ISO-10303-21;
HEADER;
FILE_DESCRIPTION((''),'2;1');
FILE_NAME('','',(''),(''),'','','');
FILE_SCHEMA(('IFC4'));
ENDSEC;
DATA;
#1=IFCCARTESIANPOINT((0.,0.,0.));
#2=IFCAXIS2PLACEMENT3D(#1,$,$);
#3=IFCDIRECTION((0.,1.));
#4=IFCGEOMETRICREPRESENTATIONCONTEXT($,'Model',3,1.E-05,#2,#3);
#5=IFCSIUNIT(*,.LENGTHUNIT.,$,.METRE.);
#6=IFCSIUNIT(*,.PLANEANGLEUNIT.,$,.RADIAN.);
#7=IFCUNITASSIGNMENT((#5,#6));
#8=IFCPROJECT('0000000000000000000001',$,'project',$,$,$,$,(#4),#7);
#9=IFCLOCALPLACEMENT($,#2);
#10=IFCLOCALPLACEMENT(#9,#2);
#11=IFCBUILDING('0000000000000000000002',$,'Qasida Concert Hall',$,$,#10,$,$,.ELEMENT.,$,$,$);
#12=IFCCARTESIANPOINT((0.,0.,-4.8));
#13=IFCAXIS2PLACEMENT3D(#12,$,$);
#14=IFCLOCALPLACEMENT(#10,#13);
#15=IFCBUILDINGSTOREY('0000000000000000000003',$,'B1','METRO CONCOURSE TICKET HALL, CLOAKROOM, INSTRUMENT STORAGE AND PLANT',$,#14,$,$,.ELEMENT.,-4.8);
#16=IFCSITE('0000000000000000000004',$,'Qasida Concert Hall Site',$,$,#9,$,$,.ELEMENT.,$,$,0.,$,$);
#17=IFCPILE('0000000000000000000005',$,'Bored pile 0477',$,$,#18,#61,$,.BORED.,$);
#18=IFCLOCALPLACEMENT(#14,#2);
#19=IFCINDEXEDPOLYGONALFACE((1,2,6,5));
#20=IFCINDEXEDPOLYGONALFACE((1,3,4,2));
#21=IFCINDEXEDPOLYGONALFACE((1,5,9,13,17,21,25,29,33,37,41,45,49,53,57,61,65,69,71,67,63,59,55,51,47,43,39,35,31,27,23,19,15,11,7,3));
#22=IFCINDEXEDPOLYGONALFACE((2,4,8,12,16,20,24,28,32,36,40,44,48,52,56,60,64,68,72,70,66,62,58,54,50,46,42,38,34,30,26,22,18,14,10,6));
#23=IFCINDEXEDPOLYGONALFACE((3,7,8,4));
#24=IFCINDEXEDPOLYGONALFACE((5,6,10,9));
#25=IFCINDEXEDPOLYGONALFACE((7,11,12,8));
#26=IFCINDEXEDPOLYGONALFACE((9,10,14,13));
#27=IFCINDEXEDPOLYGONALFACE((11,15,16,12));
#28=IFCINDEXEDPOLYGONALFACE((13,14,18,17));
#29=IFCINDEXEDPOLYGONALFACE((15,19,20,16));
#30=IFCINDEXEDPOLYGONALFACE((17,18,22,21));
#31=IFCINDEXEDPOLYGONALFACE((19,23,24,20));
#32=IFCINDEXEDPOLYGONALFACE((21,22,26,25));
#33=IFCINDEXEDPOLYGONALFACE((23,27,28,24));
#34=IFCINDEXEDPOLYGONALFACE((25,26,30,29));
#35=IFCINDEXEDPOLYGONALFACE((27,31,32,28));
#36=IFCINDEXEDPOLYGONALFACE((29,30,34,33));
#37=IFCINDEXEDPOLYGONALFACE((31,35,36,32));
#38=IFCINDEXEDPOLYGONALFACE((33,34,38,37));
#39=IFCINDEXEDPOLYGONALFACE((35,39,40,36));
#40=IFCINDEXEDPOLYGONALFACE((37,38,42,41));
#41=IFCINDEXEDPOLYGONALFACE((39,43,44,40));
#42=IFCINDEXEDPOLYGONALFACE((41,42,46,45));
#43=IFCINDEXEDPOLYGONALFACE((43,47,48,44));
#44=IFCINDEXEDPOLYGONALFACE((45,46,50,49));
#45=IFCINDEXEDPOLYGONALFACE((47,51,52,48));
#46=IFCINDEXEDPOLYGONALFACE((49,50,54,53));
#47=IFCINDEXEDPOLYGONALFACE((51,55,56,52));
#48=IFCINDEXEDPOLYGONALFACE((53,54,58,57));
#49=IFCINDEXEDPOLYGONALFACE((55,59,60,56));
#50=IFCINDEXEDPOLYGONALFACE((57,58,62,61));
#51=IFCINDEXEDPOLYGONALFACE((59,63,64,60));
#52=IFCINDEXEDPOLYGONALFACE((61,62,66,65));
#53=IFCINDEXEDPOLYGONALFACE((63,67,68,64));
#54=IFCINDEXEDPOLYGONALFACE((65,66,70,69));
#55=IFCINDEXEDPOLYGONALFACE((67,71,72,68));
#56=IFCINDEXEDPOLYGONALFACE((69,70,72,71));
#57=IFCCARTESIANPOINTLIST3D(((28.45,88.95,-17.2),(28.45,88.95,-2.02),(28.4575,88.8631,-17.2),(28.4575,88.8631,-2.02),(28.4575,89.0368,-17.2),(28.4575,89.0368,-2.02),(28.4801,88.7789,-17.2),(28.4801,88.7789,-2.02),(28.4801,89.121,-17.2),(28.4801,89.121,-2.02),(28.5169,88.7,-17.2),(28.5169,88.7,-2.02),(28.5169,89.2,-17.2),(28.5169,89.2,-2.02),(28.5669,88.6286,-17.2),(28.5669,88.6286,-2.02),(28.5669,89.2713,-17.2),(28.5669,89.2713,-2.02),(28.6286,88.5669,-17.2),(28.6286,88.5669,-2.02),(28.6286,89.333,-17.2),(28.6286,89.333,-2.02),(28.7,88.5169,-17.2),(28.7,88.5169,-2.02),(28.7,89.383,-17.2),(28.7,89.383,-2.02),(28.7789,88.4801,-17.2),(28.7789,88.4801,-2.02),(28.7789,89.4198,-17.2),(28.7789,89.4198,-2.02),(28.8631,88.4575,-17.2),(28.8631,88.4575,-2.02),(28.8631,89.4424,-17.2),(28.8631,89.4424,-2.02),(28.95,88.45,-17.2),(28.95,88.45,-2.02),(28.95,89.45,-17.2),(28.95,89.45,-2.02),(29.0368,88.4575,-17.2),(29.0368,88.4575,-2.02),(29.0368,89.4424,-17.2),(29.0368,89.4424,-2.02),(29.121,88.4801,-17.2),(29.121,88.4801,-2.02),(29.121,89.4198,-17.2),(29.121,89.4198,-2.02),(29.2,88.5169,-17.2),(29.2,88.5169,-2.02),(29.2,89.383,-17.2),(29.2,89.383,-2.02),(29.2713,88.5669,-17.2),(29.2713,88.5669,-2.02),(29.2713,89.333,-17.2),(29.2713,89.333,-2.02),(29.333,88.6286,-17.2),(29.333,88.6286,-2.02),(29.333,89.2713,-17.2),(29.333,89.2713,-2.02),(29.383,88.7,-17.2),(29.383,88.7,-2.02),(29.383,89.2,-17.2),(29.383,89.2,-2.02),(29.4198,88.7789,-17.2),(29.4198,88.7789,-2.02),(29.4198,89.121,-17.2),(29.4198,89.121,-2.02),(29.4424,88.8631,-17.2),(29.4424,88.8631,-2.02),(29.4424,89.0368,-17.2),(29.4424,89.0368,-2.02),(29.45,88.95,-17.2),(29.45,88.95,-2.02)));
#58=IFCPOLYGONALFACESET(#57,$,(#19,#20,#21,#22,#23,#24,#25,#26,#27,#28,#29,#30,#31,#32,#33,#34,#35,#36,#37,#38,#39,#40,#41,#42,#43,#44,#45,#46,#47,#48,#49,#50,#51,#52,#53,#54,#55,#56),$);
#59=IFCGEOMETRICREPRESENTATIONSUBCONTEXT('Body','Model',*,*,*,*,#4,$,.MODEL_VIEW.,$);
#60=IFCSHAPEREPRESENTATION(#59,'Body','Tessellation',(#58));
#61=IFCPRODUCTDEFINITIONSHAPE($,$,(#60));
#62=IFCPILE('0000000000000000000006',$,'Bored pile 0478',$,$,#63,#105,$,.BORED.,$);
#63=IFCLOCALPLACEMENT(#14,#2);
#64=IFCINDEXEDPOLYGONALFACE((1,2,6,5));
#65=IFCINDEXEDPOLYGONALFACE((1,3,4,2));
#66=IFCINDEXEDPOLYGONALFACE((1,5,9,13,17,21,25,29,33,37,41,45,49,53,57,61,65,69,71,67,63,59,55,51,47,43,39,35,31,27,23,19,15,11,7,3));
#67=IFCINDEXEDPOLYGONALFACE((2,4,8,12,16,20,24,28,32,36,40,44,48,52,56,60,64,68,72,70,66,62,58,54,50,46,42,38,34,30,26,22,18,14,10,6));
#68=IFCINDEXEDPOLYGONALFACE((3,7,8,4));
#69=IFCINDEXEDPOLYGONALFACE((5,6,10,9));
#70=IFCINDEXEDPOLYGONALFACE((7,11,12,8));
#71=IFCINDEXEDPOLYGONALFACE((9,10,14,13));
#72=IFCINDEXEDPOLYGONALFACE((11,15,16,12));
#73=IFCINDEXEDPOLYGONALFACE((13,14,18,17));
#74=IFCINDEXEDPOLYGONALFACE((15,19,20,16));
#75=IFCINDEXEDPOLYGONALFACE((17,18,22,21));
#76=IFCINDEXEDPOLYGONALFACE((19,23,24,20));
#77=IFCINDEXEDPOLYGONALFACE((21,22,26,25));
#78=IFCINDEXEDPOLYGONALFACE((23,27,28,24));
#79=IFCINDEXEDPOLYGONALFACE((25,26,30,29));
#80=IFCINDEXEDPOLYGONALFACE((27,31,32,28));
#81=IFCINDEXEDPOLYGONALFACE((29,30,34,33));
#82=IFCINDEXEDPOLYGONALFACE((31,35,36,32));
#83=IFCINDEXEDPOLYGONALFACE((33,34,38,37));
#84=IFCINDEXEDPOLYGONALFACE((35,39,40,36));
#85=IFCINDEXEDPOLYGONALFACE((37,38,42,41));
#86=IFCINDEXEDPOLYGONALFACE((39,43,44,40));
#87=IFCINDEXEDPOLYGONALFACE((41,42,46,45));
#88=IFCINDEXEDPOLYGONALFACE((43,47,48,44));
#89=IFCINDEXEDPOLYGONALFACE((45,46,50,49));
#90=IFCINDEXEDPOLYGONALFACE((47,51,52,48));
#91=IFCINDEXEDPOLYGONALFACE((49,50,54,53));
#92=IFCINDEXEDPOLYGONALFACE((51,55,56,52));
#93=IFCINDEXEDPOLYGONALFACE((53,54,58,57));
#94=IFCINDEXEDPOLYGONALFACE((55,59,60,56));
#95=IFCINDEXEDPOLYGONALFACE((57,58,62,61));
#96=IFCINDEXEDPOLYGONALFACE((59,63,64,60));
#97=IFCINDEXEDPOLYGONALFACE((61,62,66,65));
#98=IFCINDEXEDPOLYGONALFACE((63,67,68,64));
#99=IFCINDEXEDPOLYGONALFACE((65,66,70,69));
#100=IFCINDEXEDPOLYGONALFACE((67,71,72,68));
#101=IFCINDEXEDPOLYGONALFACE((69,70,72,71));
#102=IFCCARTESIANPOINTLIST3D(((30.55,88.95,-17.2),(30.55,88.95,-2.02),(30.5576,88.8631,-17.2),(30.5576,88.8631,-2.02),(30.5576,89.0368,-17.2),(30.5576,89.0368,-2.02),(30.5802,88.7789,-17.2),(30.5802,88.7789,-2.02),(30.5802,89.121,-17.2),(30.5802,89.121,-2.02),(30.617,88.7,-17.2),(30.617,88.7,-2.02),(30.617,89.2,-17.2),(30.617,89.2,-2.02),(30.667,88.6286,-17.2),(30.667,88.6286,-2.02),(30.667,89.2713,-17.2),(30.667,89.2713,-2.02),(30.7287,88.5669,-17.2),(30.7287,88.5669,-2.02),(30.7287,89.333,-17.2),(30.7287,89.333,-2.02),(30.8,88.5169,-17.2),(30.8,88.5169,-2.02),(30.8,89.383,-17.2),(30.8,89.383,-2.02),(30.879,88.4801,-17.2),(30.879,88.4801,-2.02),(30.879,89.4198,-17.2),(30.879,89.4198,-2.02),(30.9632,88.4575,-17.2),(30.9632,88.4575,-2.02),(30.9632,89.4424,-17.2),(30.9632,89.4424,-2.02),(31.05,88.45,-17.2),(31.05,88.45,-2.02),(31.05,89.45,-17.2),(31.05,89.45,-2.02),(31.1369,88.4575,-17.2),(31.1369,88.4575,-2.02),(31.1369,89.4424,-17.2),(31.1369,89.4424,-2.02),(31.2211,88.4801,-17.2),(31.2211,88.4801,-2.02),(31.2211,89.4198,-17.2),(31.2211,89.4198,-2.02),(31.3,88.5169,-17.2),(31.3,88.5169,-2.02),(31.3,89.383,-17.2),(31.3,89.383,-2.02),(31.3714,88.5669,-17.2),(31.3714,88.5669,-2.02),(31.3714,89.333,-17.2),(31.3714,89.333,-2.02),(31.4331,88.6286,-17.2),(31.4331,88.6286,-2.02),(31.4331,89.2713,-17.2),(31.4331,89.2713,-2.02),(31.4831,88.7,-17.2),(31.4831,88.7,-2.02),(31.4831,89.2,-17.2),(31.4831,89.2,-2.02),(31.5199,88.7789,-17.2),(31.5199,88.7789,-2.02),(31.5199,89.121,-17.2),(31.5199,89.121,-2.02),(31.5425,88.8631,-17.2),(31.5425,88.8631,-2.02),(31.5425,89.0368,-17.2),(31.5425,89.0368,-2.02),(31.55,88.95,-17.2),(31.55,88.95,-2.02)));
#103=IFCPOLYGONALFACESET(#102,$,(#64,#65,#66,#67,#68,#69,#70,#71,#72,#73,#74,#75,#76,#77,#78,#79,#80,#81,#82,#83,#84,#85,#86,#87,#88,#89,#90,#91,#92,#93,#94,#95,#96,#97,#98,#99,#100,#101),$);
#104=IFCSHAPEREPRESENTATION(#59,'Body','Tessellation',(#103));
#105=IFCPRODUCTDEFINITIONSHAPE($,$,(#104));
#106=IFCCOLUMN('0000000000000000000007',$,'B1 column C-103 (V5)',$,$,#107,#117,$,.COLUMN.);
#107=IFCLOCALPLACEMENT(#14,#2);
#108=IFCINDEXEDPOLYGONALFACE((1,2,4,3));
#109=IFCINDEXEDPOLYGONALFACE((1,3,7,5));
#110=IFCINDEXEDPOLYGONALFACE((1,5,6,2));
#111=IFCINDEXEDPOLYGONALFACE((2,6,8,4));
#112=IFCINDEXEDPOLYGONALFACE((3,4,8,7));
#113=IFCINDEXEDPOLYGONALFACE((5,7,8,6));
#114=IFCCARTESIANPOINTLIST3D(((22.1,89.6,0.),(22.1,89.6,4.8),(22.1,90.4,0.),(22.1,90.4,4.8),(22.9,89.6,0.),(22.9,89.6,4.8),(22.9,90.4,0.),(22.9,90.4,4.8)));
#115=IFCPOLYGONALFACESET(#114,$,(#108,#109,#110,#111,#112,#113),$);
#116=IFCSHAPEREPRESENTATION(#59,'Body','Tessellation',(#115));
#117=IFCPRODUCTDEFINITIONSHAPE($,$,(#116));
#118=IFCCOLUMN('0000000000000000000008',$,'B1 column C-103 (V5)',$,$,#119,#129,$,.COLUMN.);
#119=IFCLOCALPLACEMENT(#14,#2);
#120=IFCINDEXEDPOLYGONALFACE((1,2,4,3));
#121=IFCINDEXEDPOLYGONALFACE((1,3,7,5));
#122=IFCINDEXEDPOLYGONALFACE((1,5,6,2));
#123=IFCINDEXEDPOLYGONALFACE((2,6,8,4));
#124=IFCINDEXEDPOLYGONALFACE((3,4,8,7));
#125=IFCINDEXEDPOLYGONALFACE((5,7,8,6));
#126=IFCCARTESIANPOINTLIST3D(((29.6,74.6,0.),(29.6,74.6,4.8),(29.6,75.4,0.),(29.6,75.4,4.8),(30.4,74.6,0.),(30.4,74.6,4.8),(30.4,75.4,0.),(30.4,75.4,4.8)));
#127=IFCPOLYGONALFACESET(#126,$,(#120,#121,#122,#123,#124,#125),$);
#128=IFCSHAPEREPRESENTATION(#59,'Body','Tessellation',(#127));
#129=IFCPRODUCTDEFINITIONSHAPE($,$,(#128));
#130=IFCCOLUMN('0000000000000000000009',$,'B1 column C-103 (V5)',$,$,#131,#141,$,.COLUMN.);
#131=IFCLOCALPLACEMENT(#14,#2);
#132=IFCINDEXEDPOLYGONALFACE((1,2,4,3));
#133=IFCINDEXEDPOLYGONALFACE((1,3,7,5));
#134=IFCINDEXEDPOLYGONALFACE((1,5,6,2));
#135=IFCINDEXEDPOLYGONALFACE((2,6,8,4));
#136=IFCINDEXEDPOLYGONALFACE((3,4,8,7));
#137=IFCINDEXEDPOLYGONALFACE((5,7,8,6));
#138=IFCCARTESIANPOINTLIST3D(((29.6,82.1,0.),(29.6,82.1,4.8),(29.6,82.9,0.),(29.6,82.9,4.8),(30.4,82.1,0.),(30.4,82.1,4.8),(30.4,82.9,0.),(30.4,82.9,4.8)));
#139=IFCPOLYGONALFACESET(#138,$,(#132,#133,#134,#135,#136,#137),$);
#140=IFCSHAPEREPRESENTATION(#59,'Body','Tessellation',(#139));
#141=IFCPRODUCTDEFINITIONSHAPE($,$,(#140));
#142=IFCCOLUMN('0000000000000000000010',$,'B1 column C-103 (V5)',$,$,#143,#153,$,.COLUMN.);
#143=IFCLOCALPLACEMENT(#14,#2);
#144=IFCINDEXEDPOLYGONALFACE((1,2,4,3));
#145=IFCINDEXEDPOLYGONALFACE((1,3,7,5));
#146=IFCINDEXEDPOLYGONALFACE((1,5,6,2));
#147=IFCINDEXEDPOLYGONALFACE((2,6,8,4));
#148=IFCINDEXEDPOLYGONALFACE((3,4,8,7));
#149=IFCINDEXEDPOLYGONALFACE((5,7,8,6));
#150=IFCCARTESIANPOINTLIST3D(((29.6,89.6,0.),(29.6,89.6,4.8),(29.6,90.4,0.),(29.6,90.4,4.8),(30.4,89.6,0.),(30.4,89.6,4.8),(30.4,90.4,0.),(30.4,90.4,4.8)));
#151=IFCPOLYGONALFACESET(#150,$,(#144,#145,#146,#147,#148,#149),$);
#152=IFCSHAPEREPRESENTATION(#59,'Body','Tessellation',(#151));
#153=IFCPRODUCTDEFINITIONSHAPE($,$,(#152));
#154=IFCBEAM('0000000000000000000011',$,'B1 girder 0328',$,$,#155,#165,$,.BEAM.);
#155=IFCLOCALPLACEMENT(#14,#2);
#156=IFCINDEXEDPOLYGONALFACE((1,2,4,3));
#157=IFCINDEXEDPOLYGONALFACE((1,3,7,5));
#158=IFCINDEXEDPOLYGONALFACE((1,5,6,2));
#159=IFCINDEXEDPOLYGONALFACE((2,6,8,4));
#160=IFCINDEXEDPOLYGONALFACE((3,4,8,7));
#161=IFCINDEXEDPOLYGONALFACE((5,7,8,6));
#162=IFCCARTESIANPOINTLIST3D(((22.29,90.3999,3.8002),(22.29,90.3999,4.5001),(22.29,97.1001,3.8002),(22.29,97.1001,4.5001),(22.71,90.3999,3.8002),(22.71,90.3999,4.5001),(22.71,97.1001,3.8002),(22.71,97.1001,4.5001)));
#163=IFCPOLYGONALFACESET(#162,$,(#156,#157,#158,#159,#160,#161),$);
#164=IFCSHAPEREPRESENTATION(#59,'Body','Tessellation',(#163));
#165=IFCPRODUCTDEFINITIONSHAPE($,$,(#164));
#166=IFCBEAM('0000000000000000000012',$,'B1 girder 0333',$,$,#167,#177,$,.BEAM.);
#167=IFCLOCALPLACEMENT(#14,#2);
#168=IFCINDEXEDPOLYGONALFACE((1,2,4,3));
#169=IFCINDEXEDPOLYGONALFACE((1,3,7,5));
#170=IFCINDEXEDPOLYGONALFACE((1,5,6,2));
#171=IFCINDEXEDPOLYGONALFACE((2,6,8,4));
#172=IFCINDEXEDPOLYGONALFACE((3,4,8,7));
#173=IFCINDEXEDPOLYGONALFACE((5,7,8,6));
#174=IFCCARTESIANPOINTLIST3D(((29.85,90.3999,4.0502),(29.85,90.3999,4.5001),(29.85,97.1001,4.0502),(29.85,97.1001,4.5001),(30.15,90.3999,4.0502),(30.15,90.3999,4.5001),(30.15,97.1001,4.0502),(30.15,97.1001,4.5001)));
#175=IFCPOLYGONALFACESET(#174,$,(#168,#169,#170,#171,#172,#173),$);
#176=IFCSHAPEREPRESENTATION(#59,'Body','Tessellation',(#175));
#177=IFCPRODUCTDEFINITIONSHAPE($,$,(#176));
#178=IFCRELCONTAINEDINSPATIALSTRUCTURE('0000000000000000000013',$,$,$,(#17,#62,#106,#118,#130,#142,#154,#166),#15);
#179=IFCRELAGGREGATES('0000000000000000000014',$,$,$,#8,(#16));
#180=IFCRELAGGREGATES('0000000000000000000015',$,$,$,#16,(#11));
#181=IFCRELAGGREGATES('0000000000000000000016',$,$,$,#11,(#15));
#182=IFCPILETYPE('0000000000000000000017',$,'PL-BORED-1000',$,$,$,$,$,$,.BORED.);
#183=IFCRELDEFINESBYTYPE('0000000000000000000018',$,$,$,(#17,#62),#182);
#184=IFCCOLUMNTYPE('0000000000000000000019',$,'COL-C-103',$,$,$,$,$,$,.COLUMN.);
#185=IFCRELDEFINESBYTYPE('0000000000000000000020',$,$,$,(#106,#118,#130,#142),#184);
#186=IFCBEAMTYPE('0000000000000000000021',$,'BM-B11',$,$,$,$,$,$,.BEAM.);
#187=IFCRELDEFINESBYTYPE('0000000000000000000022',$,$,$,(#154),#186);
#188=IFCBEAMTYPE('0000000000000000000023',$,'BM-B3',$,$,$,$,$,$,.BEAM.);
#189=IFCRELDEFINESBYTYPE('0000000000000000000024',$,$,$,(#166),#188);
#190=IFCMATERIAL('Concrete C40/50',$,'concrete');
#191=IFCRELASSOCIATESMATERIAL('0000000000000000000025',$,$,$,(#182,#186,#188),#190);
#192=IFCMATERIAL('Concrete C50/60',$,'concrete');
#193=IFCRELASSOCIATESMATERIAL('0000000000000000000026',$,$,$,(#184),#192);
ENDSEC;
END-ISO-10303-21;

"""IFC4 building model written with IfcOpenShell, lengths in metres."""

from ifc_helpers import new_model, si_unit, direction, frame, origin, origin_2d, place, context, subcontext, project, spatial, rectangle, circle, extrude, material, material_profile, profile_set, type_object, element, save


model = new_model("IFC4")

# Units and contexts
model_context = context("Model", 3, precision=1e-05, world=origin(), true_north=direction((0.0, 1.0)))
body_context = subcontext(model_context, "Body", "Model", "MODEL_VIEW")
ifc_project = project(units=[si_unit("LENGTHUNIT", "METRE"), si_unit("PLANEANGLEUNIT", "RADIAN")], contexts=[model_context])

# Site, building, storey
site_placement = place(None, origin())
site = spatial("IfcSite", under=ifc_project, at=site_placement, Name="Qasida Concert Hall Site", CompositionType="ELEMENT", RefElevation=0.0)
building_placement = place(site_placement, origin())
building = spatial("IfcBuilding", under=site, at=building_placement, Name="Qasida Concert Hall", CompositionType="ELEMENT")
storey_placement = place(building_placement, frame((0.0, 0.0, -4.8)))
storey = spatial("IfcBuildingStorey", under=building, at=storey_placement, Name="B1", Description="METRO CONCOURSE TICKET HALL, CLOAKROOM, INSTRUMENT STORAGE AND PLANT", CompositionType="ELEMENT", Elevation=-4.8)

# Shared definitions
ifc_material_1 = material(Name="Concrete C40/50", Category="concrete")

# Piles
ifc_material_profile_1 = material_profile(ifc_material_1, circle(Radius=0.5, at=origin_2d()), Name="BORED PILE D1000")
ifc_profile_set_1 = profile_set([ifc_material_profile_1], Name="Concrete C40/50")
pile_type = type_object("IfcPileType", Name="PL-BORED-1000", PredefinedType="BORED", material=ifc_profile_set_1)
for number, where, z_axis, x_axis, name in (
    (1, (28.95, 88.95, -2.02), (0.0, 0.0, -1.0), (1.0, 0.0, 0.0), "Bored pile 0477"),
    (2, (31.05, 88.95, -2.02), (0.0, 0.0, -1.0), (1.0, 0.0, 0.0), "Bored pile 0478"),
):
    element("IfcPile", number, at=place(storey_placement, frame(where, z_axis=z_axis, x_axis=x_axis)), inside=storey, type_object=pile_type, Name=name, PredefinedType="BORED", context=body_context, shape_type="SweptSolid", body=[
        extrude(circle(Radius=0.5, at=origin_2d()), origin(), (0.0, 0.0, 1.0), 15.1799),
    ])

# Columns
ifc_material_2 = material(Name="Concrete C50/60", Category="concrete")
ifc_material_profile_2 = material_profile(ifc_material_2, rectangle(XDim=0.8, YDim=0.8, at=origin_2d()), Name="RC 800x800")
ifc_profile_set_2 = profile_set([ifc_material_profile_2], Name="Concrete C50/60")
column_type = type_object("IfcColumnType", Name="COL-C-103", PredefinedType="COLUMN", material=ifc_profile_set_2)
for number, where, z_axis, x_axis, name in (
    (3, (22.5, 90.0, 0.0), (0.0, 0.0, 1.0), (1.0, 0.0, 0.0), "B1 column C-103 (V5)"),
    (4, (30.0, 75.0, 0.0), (0.0, 0.0, 1.0), (1.0, 0.0, 0.0), "B1 column C-103 (V5)"),
    (5, (30.0, 82.5, 0.0), (0.0, 0.0, 1.0), (1.0, 0.0, 0.0), "B1 column C-103 (V5)"),
    (6, (30.0, 90.0, 0.0), (0.0, 0.0, 1.0), (1.0, 0.0, 0.0), "B1 column C-103 (V5)"),
):
    element("IfcColumn", number, at=place(storey_placement, frame(where, z_axis=z_axis, x_axis=x_axis)), inside=storey, type_object=column_type, Name=name, PredefinedType="COLUMN", context=body_context, shape_type="SweptSolid", body=[
        extrude(rectangle(XDim=0.8, YDim=0.8, at=origin_2d()), origin(), (0.0, 0.0, 1.0), 4.8),
    ])

# Beams
ifc_material_profile_3 = material_profile(ifc_material_1, rectangle(XDim=0.4199, YDim=0.7, at=origin_2d()), Name="RC 420x700")
ifc_profile_set_3 = profile_set([ifc_material_profile_3], Name="Concrete C40/50")
beam_type_1 = type_object("IfcBeamType", Name="BM-B11", PredefinedType="BEAM", material=ifc_profile_set_3)
beam_1_placement = place(storey_placement, frame((22.5, 90.3999, 4.1501), z_axis=(0.0, 1.0, 0.0), x_axis=(-1.0, 0.0, 0.0)))
element("IfcBeam", 7, at=beam_1_placement, inside=storey, type_object=beam_type_1, Name="B1 girder 0328", PredefinedType="BEAM", context=body_context, shape_type="SweptSolid", body=[
    extrude(rectangle(XDim=0.4199, YDim=0.7, at=origin_2d()), origin(), (0.0, 0.0, 1.0), 6.7002),
])
ifc_material_profile_4 = material_profile(ifc_material_1, rectangle(XDim=0.3, YDim=0.45, at=origin_2d()), Name="RC 300x450")
ifc_profile_set_4 = profile_set([ifc_material_profile_4], Name="Concrete C40/50")
beam_type_2 = type_object("IfcBeamType", Name="BM-B3", PredefinedType="BEAM", material=ifc_profile_set_4)
beam_2_placement = place(storey_placement, frame((30.0, 90.3999, 4.2751), z_axis=(0.0, 1.0, 0.0), x_axis=(-1.0, 0.0, 0.0)))
element("IfcBeam", 8, at=beam_2_placement, inside=storey, type_object=beam_type_2, Name="B1 girder 0333", PredefinedType="BEAM", context=body_context, shape_type="SweptSolid", body=[
    extrude(rectangle(XDim=0.3, YDim=0.45, at=origin_2d()), origin(), (0.0, 0.0, 1.0), 6.7002),
])

save(model, "model.ifc")
